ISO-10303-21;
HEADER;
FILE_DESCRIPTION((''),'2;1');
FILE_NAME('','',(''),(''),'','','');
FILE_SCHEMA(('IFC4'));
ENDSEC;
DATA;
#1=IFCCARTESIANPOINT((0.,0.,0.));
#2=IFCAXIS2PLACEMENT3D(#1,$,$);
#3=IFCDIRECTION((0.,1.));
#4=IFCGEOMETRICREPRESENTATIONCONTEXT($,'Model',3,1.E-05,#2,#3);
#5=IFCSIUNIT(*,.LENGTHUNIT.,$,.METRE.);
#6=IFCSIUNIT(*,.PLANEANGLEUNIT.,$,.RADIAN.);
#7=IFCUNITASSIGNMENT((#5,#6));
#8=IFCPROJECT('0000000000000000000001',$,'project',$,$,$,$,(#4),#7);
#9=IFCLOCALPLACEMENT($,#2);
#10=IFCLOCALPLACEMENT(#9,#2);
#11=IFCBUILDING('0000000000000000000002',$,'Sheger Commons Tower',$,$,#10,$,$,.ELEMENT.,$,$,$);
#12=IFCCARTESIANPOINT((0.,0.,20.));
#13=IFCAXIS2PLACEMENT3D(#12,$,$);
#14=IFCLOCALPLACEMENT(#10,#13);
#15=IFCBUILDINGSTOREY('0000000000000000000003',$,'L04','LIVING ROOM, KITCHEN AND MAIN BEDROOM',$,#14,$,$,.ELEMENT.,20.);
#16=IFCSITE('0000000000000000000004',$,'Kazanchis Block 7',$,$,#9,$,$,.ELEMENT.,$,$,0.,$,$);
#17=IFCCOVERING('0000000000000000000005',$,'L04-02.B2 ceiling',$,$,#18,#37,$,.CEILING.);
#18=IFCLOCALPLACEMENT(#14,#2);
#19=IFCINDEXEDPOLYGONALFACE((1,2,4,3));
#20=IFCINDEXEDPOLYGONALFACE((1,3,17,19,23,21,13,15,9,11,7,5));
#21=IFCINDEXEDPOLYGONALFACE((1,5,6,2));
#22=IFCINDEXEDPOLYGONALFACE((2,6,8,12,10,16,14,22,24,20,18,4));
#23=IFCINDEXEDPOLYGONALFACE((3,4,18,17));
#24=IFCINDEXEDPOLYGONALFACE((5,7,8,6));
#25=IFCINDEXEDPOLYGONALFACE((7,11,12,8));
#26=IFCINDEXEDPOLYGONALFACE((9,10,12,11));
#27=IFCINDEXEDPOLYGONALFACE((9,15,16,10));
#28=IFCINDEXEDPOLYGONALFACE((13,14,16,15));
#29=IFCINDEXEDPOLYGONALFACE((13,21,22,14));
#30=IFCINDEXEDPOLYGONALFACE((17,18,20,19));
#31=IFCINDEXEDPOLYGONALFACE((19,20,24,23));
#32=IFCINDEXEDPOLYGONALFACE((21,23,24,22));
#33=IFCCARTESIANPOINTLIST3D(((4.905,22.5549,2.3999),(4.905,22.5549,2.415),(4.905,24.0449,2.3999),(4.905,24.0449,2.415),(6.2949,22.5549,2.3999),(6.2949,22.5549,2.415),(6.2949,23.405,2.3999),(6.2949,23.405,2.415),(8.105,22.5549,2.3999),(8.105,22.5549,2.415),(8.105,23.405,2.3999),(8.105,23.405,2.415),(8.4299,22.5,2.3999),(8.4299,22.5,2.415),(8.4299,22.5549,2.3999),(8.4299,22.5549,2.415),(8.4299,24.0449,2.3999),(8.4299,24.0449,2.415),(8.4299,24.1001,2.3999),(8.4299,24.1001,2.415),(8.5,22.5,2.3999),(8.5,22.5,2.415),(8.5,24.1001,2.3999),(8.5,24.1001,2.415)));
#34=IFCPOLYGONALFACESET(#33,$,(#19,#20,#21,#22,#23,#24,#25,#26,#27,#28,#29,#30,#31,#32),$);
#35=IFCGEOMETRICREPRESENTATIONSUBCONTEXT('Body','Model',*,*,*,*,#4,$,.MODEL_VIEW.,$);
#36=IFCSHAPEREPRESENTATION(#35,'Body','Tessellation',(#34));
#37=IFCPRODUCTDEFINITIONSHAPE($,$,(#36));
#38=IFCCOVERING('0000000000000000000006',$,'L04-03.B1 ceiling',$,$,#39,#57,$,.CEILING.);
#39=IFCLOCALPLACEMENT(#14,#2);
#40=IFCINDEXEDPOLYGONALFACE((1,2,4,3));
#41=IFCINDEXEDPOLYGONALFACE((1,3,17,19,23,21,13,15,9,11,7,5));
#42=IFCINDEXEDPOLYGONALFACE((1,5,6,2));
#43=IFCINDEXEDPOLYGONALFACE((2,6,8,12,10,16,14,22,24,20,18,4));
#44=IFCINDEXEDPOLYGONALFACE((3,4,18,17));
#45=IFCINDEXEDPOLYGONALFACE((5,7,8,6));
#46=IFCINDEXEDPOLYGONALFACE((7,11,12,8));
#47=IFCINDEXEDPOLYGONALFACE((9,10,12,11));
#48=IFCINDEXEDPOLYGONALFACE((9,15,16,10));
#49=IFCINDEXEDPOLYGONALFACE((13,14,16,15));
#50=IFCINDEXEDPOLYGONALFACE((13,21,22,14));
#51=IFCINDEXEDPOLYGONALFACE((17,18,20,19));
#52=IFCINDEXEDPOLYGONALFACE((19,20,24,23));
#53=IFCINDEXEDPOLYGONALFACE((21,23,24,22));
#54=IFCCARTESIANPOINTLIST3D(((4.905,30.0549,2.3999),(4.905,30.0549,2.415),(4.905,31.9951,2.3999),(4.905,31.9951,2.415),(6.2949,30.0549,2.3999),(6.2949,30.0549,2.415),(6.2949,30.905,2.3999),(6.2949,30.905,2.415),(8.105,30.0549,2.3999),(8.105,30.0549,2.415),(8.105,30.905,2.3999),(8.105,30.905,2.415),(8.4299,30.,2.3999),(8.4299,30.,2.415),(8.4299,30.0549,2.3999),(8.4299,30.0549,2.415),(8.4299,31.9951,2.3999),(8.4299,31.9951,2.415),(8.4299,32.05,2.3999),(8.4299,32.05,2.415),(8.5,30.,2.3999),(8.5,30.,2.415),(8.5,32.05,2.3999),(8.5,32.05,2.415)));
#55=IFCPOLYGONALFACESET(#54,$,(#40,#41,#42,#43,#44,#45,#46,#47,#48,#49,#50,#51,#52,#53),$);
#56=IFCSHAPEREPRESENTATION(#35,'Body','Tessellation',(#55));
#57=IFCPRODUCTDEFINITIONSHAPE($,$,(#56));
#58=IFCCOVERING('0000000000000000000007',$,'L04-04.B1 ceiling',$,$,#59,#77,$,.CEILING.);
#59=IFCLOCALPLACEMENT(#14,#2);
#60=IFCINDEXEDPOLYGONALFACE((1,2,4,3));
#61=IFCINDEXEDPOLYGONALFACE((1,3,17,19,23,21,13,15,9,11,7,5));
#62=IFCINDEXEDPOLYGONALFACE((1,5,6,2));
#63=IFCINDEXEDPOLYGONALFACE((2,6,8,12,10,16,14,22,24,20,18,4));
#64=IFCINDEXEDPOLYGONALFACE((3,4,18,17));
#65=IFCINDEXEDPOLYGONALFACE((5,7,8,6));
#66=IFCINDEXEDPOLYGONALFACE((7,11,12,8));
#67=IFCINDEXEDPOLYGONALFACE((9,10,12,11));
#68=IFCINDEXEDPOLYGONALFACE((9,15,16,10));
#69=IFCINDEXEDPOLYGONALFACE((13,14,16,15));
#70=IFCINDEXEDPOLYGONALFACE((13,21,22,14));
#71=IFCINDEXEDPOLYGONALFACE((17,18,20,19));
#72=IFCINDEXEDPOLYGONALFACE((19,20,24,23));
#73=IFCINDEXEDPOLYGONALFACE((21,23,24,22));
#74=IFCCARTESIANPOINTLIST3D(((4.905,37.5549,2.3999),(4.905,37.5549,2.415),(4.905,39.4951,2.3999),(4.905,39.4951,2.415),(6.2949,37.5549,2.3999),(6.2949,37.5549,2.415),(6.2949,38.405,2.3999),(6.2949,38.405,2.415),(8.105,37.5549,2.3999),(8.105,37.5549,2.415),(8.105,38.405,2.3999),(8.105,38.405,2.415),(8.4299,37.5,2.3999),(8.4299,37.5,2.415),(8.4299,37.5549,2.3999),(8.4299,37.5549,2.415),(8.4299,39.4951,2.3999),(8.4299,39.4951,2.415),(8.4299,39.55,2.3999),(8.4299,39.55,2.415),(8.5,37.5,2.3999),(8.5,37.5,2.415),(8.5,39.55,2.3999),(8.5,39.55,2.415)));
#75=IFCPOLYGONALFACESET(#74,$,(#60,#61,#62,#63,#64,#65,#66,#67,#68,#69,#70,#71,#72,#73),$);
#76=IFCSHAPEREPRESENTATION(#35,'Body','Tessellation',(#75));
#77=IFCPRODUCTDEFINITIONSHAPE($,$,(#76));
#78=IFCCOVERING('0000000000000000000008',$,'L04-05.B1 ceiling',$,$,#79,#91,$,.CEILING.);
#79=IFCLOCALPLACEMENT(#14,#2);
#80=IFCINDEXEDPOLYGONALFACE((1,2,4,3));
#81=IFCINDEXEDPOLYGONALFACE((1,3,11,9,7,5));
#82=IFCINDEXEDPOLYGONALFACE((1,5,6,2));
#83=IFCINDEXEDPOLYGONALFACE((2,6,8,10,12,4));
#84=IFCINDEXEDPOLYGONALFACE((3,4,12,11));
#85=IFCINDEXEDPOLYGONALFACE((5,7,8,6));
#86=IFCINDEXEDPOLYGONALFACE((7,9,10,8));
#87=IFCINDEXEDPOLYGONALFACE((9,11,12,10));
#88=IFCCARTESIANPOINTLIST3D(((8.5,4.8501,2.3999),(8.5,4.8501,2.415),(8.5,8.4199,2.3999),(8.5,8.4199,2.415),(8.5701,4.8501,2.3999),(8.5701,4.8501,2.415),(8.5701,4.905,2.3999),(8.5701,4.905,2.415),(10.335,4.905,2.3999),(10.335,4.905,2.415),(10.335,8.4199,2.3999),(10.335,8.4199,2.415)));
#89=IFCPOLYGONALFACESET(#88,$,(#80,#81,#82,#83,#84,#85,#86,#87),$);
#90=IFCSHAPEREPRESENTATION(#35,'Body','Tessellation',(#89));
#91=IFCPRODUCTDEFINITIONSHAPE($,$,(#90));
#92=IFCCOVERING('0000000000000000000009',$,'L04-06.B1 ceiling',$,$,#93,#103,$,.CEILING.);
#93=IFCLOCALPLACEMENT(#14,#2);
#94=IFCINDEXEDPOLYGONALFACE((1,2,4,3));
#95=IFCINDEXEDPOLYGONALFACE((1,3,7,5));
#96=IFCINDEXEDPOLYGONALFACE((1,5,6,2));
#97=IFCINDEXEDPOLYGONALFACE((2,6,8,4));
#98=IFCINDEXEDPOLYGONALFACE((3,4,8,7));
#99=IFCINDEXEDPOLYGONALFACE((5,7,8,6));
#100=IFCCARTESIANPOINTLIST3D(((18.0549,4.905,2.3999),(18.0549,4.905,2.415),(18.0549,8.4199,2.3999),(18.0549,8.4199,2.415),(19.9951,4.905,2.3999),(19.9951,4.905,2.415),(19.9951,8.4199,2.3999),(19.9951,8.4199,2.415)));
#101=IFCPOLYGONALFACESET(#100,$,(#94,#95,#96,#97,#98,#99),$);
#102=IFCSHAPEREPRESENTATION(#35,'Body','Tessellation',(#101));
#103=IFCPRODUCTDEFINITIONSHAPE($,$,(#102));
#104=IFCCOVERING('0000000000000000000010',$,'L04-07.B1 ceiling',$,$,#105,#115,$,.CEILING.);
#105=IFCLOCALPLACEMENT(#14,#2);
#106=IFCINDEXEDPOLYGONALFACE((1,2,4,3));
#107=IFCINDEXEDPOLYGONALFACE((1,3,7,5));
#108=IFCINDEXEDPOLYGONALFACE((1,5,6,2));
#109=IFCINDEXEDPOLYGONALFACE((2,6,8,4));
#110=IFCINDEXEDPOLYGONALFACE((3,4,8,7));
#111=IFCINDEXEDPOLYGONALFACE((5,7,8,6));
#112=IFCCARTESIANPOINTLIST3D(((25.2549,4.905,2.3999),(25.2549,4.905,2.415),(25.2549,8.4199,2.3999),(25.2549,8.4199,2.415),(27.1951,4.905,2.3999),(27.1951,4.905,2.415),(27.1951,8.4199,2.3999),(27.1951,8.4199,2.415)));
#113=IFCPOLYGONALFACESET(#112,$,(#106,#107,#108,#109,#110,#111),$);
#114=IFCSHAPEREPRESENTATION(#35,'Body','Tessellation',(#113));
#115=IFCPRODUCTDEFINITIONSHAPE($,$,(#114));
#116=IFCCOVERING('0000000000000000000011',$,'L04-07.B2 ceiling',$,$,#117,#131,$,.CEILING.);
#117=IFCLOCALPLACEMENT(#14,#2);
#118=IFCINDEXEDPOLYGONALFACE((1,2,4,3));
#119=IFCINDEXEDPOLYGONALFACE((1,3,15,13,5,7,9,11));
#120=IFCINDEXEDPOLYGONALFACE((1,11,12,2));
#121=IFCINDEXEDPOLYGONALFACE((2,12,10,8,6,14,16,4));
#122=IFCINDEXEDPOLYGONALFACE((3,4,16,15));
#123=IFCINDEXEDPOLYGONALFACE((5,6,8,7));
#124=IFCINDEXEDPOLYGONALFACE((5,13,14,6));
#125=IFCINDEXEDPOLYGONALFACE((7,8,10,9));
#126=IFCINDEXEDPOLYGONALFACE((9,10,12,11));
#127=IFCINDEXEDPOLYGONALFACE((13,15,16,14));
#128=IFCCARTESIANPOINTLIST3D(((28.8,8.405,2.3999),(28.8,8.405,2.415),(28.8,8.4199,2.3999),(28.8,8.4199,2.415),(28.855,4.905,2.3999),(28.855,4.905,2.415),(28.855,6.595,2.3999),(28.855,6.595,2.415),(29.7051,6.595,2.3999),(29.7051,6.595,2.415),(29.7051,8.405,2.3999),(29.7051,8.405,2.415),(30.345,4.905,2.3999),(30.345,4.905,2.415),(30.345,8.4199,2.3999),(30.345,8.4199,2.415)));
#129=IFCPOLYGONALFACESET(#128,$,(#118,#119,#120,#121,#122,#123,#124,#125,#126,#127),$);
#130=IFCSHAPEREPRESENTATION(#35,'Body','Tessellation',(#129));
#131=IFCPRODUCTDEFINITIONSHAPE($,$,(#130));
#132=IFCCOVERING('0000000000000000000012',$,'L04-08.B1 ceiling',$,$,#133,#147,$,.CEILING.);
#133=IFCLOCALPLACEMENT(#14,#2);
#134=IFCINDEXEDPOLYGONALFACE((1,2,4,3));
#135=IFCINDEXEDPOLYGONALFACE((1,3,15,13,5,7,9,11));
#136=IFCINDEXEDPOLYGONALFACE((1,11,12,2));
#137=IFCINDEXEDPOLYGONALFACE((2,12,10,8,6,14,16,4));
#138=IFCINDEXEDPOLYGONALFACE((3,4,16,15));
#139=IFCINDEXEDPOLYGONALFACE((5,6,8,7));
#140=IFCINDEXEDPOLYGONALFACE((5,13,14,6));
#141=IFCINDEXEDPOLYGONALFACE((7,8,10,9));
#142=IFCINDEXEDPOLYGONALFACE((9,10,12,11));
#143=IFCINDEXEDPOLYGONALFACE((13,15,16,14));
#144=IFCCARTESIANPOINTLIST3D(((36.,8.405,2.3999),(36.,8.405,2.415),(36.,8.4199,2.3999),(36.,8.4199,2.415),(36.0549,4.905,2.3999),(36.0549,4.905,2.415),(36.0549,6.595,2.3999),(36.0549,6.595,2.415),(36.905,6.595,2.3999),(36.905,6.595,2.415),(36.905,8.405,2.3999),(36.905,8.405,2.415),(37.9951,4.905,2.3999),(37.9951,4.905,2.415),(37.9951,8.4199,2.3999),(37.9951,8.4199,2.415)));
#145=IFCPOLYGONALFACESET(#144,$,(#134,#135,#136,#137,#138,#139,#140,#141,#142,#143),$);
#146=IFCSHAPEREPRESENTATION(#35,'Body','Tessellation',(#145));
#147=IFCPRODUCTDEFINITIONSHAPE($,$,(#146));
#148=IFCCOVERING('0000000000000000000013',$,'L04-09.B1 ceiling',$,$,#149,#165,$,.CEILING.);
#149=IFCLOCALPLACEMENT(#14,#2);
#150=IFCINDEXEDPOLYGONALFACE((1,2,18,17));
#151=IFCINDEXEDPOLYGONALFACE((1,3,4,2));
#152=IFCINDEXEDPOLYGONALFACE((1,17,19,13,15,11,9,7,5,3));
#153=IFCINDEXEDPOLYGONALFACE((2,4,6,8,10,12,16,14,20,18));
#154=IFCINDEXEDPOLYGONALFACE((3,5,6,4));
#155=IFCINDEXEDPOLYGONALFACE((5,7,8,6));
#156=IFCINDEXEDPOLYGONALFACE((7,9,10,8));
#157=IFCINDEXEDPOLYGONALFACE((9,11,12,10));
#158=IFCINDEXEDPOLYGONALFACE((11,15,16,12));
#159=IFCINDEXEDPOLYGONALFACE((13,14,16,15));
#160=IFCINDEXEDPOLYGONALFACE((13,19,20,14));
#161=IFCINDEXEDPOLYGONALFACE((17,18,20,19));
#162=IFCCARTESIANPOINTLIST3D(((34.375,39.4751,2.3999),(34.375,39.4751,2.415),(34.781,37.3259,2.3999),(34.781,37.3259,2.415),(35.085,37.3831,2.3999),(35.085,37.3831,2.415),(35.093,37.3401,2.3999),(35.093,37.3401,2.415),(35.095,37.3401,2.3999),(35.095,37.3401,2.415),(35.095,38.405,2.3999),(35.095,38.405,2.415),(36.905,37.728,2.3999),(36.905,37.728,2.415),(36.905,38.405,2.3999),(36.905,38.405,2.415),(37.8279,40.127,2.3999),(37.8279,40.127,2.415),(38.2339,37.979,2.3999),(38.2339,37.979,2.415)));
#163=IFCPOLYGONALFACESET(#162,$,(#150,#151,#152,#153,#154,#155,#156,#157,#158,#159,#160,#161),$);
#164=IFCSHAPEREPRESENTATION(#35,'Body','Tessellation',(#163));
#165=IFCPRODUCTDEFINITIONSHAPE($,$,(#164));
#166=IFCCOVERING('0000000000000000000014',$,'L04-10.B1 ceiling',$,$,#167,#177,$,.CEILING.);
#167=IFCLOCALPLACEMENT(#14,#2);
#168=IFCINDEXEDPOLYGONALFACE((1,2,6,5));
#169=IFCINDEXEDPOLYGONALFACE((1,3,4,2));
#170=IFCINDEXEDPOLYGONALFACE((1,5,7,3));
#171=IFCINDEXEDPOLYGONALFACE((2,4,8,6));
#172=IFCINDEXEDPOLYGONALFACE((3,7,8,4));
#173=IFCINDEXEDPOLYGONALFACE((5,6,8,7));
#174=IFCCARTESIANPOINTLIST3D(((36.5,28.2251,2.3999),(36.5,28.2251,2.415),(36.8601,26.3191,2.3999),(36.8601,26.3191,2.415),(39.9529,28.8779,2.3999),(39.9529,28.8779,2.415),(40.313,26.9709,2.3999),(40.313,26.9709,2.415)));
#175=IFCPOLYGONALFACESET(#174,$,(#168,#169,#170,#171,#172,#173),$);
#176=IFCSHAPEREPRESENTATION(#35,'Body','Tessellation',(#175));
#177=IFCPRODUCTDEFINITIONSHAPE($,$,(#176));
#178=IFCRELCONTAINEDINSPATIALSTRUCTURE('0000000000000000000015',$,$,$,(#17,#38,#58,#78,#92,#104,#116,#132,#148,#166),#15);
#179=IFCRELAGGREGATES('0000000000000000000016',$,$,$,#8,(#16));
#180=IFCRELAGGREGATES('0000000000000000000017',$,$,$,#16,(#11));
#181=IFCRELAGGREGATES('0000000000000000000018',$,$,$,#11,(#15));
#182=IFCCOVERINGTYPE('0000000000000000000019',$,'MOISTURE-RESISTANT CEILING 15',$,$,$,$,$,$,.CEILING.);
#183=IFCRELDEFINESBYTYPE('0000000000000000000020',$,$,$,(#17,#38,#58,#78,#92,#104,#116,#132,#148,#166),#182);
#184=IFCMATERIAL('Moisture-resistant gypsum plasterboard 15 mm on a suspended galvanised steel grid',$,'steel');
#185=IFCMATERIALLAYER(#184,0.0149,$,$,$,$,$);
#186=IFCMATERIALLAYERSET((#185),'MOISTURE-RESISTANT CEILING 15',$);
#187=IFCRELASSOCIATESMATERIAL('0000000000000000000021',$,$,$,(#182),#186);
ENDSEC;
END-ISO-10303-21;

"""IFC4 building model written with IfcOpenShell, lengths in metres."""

from ifc_helpers import new_model, si_unit, direction, frame, origin, place, context, subcontext, project, spatial, polyline, outline, extrude, material, layer, layer_set, type_object, element, save


model = new_model("IFC4")

# Units and contexts
model_context = context("Model", 3, precision=1e-05, world=origin(), true_north=direction((0.0, 1.0)))
body_context = subcontext(model_context, "Body", "Model", "MODEL_VIEW")
ifc_project = project(units=[si_unit("LENGTHUNIT", "METRE"), si_unit("PLANEANGLEUNIT", "RADIAN")], contexts=[model_context])

# Site, building, storey
site_placement = place(None, origin())
site = spatial("IfcSite", under=ifc_project, at=site_placement, Name="Kazanchis Block 7", CompositionType="ELEMENT", RefElevation=0.0)
building_placement = place(site_placement, origin())
building = spatial("IfcBuilding", under=site, at=building_placement, Name="Sheger Commons Tower", CompositionType="ELEMENT")
storey_placement = place(building_placement, frame((0.0, 0.0, 20.0)))
storey = spatial("IfcBuildingStorey", under=building, at=storey_placement, Name="L04", Description="LIVING ROOM, KITCHEN AND MAIN BEDROOM", CompositionType="ELEMENT", Elevation=20.0)

# Coverings
ifc_material_1 = material(Name="Moisture-resistant gypsum plasterboard 15 mm on a suspended galvanised steel grid", Category="steel")
ifc_layer_1 = layer(ifc_material_1, 0.0149)
ifc_layer_set_1 = layer_set([ifc_layer_1], Name="MOISTURE-RESISTANT CEILING 15")
covering_type_1 = type_object("IfcCoveringType", Name="MOISTURE-RESISTANT CEILING 15", PredefinedType="CEILING", material=ifc_layer_set_1)
covering_1_placement = place(storey_placement, frame((0.0, 0.0, 2.3999)))
element("IfcCovering", 1, at=covering_1_placement, inside=storey, type_object=covering_type_1, Name="L04-02.B2 ceiling", PredefinedType="CEILING", context=body_context, shape_type="SweptSolid", body=[
    extrude(outline(polyline([(8.4299, 22.5), (8.5, 22.5), (8.5, 24.1001), (8.4299, 24.1001), (8.4299, 24.0449), (4.905, 24.0449), (4.905, 22.5549), (6.2949, 22.5549), (6.2949, 23.405), (8.105, 23.405), (8.105, 22.5549), (8.4299, 22.5549), (8.4299, 22.5)])), origin(), (0.0, 0.0, 1.0), 0.0151),
])
covering_2_placement = place(storey_placement, frame((0.0, 0.0, 2.3999)))
element("IfcCovering", 2, at=covering_2_placement, inside=storey, type_object=covering_type_1, Name="L04-03.B1 ceiling", PredefinedType="CEILING", context=body_context, shape_type="SweptSolid", body=[
    extrude(outline(polyline([(8.4299, 30.0), (8.5, 30.0), (8.5, 32.05), (8.4299, 32.05), (8.4299, 31.9951), (4.905, 31.9951), (4.905, 30.0549), (6.2949, 30.0549), (6.2949, 30.905), (8.105, 30.905), (8.105, 30.0549), (8.4299, 30.0549), (8.4299, 30.0)])), origin(), (0.0, 0.0, 1.0), 0.0151),
])
covering_3_placement = place(storey_placement, frame((0.0, 0.0, 2.3999)))
element("IfcCovering", 3, at=covering_3_placement, inside=storey, type_object=covering_type_1, Name="L04-04.B1 ceiling", PredefinedType="CEILING", context=body_context, shape_type="SweptSolid", body=[
    extrude(outline(polyline([(8.4299, 37.5), (8.5, 37.5), (8.5, 39.55), (8.4299, 39.55), (8.4299, 39.4951), (4.905, 39.4951), (4.905, 37.5549), (6.2949, 37.5549), (6.2949, 38.405), (8.105, 38.405), (8.105, 37.5549), (8.4299, 37.5549), (8.4299, 37.5)])), origin(), (0.0, 0.0, 1.0), 0.0151),
])
covering_4_placement = place(storey_placement, frame((0.0, 0.0, 2.3999)))
element("IfcCovering", 4, at=covering_4_placement, inside=storey, type_object=covering_type_1, Name="L04-05.B1 ceiling", PredefinedType="CEILING", context=body_context, shape_type="SweptSolid", body=[
    extrude(outline(polyline([(8.5, 4.8501), (8.5701, 4.8501), (8.5701, 4.905), (10.335, 4.905), (10.335, 8.4199), (8.5, 8.4199), (8.5, 4.8501)])), origin(), (0.0, 0.0, 1.0), 0.0151),
])
covering_5_placement = place(storey_placement, frame((0.0, 0.0, 2.3999)))
element("IfcCovering", 5, at=covering_5_placement, inside=storey, type_object=covering_type_1, Name="L04-06.B1 ceiling", PredefinedType="CEILING", context=body_context, shape_type="SweptSolid", body=[
    extrude(outline(polyline([(18.0549, 4.905), (19.9951, 4.905), (19.9951, 8.4199), (18.0549, 8.4199), (18.0549, 4.905)])), origin(), (0.0, 0.0, 1.0), 0.0151),
])
covering_6_placement = place(storey_placement, frame((0.0, 0.0, 2.3999)))
element("IfcCovering", 6, at=covering_6_placement, inside=storey, type_object=covering_type_1, Name="L04-07.B1 ceiling", PredefinedType="CEILING", context=body_context, shape_type="SweptSolid", body=[
    extrude(outline(polyline([(25.2549, 4.905), (27.1951, 4.905), (27.1951, 8.4199), (25.2549, 8.4199), (25.2549, 4.905)])), origin(), (0.0, 0.0, 1.0), 0.0151),
])
covering_7_placement = place(storey_placement, frame((0.0, 0.0, 2.3999)))
element("IfcCovering", 7, at=covering_7_placement, inside=storey, type_object=covering_type_1, Name="L04-07.B2 ceiling", PredefinedType="CEILING", context=body_context, shape_type="SweptSolid", body=[
    extrude(outline(polyline([(28.855, 4.905), (30.345, 4.905), (30.345, 8.4199), (28.8, 8.4199), (28.8, 8.405), (29.7051, 8.405), (29.7051, 6.595), (28.855, 6.595), (28.855, 4.905)])), origin(), (0.0, 0.0, 1.0), 0.0151),
])
covering_8_placement = place(storey_placement, frame((0.0, 0.0, 2.3999)))
element("IfcCovering", 8, at=covering_8_placement, inside=storey, type_object=covering_type_1, Name="L04-08.B1 ceiling", PredefinedType="CEILING", context=body_context, shape_type="SweptSolid", body=[
    extrude(outline(polyline([(36.0549, 4.905), (37.9951, 4.905), (37.9951, 8.4199), (36.0, 8.4199), (36.0, 8.405), (36.905, 8.405), (36.905, 6.595), (36.0549, 6.595), (36.0549, 4.905)])), origin(), (0.0, 0.0, 1.0), 0.0151),
])
covering_9_placement = place(storey_placement, frame((0.0, 0.0, 2.3999)))
element("IfcCovering", 9, at=covering_9_placement, inside=storey, type_object=covering_type_1, Name="L04-09.B1 ceiling", PredefinedType="CEILING", context=body_context, shape_type="SweptSolid", body=[
    extrude(outline(polyline([(34.781, 37.3259), (35.085, 37.3831), (35.093, 37.3401), (35.095, 37.3401), (35.095, 38.405), (36.905, 38.405), (36.905, 37.728), (38.2339, 37.979), (37.8279, 40.127), (34.375, 39.4751), (34.781, 37.3259)])), origin(), (0.0, 0.0, 1.0), 0.0151),
])
covering_10_placement = place(storey_placement, frame((0.0, 0.0, 2.3999)))
element("IfcCovering", 10, at=covering_10_placement, inside=storey, type_object=covering_type_1, Name="L04-10.B1 ceiling", PredefinedType="CEILING", context=body_context, shape_type="SweptSolid", body=[
    extrude(outline(polyline([(36.8601, 26.3191), (40.313, 26.9709), (39.9529, 28.8779), (36.5, 28.2251), (36.8601, 26.3191)])), origin(), (0.0, 0.0, 1.0), 0.0151),
])

save(model, "model.ifc")
